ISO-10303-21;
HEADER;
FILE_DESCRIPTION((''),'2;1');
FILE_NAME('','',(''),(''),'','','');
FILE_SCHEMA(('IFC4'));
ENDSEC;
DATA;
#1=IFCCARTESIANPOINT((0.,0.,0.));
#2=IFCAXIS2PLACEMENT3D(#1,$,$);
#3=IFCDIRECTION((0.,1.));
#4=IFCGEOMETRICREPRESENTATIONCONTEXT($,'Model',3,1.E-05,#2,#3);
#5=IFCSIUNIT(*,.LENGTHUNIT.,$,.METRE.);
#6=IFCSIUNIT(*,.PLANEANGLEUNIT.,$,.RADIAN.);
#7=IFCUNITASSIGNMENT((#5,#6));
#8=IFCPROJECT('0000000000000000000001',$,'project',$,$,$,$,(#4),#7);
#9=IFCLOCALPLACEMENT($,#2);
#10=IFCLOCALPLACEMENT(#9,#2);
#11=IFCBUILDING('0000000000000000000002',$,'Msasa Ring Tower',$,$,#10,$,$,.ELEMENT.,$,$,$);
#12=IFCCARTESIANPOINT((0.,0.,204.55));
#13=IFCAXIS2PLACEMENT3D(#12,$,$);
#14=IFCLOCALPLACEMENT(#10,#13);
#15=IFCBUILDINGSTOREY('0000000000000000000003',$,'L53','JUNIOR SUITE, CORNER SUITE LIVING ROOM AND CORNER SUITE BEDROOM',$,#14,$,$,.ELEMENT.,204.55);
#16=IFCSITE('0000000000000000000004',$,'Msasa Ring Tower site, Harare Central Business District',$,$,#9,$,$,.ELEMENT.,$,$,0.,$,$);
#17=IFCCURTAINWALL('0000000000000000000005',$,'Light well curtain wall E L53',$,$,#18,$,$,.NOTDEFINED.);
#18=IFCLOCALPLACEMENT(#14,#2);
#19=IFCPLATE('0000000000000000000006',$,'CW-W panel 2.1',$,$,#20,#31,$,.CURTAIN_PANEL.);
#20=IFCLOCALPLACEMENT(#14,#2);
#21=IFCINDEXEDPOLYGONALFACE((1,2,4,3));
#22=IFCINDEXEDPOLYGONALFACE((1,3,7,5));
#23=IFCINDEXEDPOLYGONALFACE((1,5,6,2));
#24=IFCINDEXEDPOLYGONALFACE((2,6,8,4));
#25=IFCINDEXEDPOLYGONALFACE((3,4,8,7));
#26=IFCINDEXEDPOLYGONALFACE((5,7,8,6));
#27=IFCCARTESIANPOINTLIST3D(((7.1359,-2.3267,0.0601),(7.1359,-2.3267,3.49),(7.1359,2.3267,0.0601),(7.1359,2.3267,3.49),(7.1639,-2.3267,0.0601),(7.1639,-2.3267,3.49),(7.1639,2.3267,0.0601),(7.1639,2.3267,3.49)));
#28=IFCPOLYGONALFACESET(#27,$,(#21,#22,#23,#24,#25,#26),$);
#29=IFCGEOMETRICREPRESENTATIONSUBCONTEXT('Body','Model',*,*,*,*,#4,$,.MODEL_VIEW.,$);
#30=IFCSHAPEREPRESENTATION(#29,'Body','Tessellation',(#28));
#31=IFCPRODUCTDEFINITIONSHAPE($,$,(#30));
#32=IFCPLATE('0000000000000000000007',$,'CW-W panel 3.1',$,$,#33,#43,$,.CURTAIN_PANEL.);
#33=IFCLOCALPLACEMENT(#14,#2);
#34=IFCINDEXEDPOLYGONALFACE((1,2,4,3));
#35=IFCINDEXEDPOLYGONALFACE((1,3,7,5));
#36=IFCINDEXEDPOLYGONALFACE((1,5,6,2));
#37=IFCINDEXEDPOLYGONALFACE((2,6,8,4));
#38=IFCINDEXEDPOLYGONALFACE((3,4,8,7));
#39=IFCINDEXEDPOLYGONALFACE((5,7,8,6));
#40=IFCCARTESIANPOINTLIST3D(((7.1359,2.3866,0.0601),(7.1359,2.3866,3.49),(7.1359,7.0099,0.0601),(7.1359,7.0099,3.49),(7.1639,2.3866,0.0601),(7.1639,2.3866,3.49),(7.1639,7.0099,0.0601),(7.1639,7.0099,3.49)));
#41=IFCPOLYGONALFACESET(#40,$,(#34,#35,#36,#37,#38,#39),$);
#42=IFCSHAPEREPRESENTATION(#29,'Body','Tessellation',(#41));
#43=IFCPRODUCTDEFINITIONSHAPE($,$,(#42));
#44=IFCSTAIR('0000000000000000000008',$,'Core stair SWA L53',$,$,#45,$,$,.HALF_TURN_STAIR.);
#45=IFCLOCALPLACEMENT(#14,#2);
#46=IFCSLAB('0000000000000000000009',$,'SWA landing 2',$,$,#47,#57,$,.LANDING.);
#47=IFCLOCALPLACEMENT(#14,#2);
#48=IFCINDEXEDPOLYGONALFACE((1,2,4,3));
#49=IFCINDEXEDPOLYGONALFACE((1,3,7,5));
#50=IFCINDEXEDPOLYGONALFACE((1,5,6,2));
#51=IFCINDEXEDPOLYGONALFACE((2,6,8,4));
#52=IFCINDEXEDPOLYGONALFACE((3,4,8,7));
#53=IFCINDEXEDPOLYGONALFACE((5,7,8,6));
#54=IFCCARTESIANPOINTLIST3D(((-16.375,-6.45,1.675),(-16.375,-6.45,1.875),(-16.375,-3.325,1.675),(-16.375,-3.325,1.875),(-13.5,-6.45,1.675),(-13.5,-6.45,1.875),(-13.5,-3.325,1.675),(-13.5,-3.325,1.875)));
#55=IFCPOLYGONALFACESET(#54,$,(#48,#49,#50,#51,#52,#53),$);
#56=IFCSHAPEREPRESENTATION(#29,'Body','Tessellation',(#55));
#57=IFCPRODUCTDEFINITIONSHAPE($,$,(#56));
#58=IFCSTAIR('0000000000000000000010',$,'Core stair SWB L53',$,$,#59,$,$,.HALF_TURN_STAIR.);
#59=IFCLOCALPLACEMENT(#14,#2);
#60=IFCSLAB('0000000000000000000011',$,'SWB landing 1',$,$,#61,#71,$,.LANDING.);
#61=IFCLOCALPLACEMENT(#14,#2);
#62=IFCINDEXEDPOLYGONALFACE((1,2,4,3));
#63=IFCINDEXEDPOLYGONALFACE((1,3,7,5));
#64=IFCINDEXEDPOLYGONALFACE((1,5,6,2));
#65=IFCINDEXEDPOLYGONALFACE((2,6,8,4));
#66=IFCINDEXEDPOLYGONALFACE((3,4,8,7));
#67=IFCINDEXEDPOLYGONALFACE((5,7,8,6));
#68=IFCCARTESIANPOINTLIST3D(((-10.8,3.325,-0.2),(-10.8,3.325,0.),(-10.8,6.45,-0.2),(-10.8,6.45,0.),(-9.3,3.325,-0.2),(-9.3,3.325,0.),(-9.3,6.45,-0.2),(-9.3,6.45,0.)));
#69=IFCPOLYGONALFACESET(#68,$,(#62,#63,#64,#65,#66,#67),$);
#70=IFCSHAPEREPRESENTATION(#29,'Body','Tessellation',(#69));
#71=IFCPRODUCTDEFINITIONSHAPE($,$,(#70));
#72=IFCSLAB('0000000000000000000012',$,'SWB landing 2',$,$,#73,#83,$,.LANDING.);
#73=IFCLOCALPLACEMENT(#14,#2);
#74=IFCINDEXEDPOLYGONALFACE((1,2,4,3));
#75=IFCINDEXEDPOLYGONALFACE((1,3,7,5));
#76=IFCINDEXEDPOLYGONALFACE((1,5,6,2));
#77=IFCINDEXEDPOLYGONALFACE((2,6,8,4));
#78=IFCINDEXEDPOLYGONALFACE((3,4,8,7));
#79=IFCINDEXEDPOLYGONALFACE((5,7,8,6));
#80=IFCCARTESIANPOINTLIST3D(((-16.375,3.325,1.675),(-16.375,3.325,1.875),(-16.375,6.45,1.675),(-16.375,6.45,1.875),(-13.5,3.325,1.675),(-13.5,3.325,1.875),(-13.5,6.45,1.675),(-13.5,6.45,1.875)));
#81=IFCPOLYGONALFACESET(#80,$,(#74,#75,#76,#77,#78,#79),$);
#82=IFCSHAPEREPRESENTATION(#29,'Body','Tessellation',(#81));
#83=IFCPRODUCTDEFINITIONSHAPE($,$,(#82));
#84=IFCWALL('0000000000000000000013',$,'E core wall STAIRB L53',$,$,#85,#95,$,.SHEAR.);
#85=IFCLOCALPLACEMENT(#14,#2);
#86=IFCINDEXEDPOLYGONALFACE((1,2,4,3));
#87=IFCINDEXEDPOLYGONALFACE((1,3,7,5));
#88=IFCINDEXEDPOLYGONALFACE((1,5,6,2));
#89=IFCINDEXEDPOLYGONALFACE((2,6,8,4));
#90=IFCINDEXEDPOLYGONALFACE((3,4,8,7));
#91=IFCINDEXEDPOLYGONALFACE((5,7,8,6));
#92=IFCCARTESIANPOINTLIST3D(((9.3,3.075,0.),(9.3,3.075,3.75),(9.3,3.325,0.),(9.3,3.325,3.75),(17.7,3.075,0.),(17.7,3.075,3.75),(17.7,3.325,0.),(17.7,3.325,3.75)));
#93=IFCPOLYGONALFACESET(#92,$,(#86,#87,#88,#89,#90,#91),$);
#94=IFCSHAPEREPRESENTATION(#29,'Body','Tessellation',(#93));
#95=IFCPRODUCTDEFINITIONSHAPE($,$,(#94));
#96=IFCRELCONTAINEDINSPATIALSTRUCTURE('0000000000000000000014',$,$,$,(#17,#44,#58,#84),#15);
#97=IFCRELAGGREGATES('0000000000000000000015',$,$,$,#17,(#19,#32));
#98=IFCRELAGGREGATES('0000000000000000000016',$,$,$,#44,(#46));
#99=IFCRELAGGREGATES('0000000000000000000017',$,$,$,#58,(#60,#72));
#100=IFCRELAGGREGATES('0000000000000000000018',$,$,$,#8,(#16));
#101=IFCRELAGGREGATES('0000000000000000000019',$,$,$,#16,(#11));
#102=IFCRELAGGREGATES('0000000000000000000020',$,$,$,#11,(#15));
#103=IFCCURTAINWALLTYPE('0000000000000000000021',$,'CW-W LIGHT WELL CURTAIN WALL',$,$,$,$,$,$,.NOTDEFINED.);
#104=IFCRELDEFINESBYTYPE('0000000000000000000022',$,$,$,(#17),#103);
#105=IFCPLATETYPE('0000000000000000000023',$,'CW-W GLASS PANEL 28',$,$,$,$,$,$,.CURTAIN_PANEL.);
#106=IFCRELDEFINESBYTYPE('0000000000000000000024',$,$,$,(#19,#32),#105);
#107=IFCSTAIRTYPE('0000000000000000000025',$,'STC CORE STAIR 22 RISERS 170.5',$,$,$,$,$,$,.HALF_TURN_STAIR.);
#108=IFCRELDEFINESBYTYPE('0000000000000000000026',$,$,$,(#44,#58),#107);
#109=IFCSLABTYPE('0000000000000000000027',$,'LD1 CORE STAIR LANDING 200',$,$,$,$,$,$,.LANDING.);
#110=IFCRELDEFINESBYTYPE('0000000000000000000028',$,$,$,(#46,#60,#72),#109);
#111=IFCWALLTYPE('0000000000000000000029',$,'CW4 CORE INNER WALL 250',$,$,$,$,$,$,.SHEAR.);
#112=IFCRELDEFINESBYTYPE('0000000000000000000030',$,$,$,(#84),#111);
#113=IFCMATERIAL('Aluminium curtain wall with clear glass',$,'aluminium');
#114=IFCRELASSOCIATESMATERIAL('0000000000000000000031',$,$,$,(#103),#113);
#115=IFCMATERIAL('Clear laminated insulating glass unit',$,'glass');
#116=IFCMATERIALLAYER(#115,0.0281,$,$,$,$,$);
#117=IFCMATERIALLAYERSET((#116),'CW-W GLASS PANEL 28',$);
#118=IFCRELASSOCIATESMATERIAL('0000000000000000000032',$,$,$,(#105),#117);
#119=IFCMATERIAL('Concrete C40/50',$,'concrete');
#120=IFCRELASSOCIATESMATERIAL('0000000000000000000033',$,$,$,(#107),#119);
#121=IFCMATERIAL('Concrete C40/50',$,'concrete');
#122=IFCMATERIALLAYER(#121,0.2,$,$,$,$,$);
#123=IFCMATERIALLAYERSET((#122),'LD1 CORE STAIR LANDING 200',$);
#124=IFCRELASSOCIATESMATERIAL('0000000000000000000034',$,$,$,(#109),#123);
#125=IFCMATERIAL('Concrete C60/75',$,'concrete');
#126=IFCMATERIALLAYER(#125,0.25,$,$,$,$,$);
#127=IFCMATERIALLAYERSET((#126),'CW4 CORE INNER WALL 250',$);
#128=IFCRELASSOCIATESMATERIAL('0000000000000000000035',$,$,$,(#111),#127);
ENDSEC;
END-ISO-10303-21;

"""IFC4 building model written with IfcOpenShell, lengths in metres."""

from ifc_helpers import new_model, si_unit, direction, frame, frame_2d, origin, origin_2d, place, context, subcontext, project, spatial, polyline, rectangle, outline, extrude, material, layer, layer_set, type_object, element, aggregate, save


model = new_model("IFC4")

# Units and contexts
model_context = context("Model", 3, precision=1e-05, world=origin(), true_north=direction((0.0, 1.0)))
body_context = subcontext(model_context, "Body", "Model", "MODEL_VIEW")
ifc_project = project(units=[si_unit("LENGTHUNIT", "METRE"), si_unit("PLANEANGLEUNIT", "RADIAN")], contexts=[model_context])

# Site, building, storey
site_placement = place(None, origin())
site = spatial("IfcSite", under=ifc_project, at=site_placement, Name="Msasa Ring Tower site, Harare Central Business District", CompositionType="ELEMENT", RefElevation=0.0)
building_placement = place(site_placement, origin())
building = spatial("IfcBuilding", under=site, at=building_placement, Name="Msasa Ring Tower", CompositionType="ELEMENT")
storey_placement = place(building_placement, frame((0.0, 0.0, 204.55)))
storey = spatial("IfcBuildingStorey", under=building, at=storey_placement, Name="L53", Description="JUNIOR SUITE, CORNER SUITE LIVING ROOM AND CORNER SUITE BEDROOM", CompositionType="ELEMENT", Elevation=204.55)

# Curtain wall
ifc_material_1 = material(Name="Aluminium curtain wall with clear glass", Category="aluminium")
curtain_wall_type = type_object("IfcCurtainWallType", Name="CW-W LIGHT WELL CURTAIN WALL", PredefinedType="NOTDEFINED", material=ifc_material_1)
curtain_wall_placement = place(storey_placement, origin())
curtain_wall = element("IfcCurtainWall", 1, at=curtain_wall_placement, inside=storey, type_object=curtain_wall_type, Name="Light well curtain wall E L53", PredefinedType="NOTDEFINED")

# Plates
ifc_material_2 = material(Name="Clear laminated insulating glass unit", Category="glass")
ifc_layer_1 = layer(ifc_material_2, 0.0281)
ifc_layer_set_1 = layer_set([ifc_layer_1], Name="CW-W GLASS PANEL 28")
plate_type = type_object("IfcPlateType", Name="CW-W GLASS PANEL 28", PredefinedType="CURTAIN_PANEL", material=ifc_layer_set_1)
plate_1_placement = place(storey_placement, frame((7.1499, 0.0, 0.0601), z_axis=(0.0, 0.0, 1.0), x_axis=(0.0, 1.0, 0.0)))
plate_1 = element("IfcPlate", 2, at=plate_1_placement, type_object=plate_type, Name="CW-W panel 2.1", PredefinedType="CURTAIN_PANEL", context=body_context, shape_type="SweptSolid", body=[
    extrude(rectangle(XDim=4.6533, YDim=0.0281, at=origin_2d()), origin(), (0.0, 0.0, 1.0), 3.4299),
])
plate_2_placement = place(storey_placement, frame((7.1499, 4.6982, 0.0601), z_axis=(0.0, 0.0, 1.0), x_axis=(0.0, 1.0, 0.0)))
plate_2 = element("IfcPlate", 3, at=plate_2_placement, type_object=plate_type, Name="CW-W panel 3.1", PredefinedType="CURTAIN_PANEL", context=body_context, shape_type="SweptSolid", body=[
    extrude(rectangle(XDim=4.6233, YDim=0.0281, at=origin_2d()), origin(), (0.0, 0.0, 1.0), 3.4299),
])
aggregate(curtain_wall, [plate_1, plate_2])

# Stair, slab
ifc_material_3 = material(Name="Concrete C40/50", Category="concrete")
stair_type = type_object("IfcStairType", Name="STC CORE STAIR 22 RISERS 170.5", PredefinedType="HALF_TURN_STAIR", material=ifc_material_3)
stair_1_placement = place(storey_placement, origin())
stair_1 = element("IfcStair", 4, at=stair_1_placement, inside=storey, type_object=stair_type, Name="Core stair SWA L53", PredefinedType="HALF_TURN_STAIR")
ifc_material_4 = material(Name="Concrete C40/50", Category="concrete")
ifc_layer_2 = layer(ifc_material_4, 0.2)
ifc_layer_set_2 = layer_set([ifc_layer_2], Name="LD1 CORE STAIR LANDING 200")
slab_type = type_object("IfcSlabType", Name="LD1 CORE STAIR LANDING 200", PredefinedType="LANDING", material=ifc_layer_set_2)
slab_1_placement = place(storey_placement, frame((0.0, 0.0, 1.675)))
slab_1 = element("IfcSlab", 5, at=slab_1_placement, type_object=slab_type, Name="SWA landing 2", PredefinedType="LANDING", context=body_context, shape_type="SweptSolid", body=[
    extrude(outline(polyline([(-16.375, -6.45), (-13.5, -6.45), (-13.5, -3.325), (-16.375, -3.325), (-16.375, -6.45)])), origin(), (0.0, 0.0, 1.0), 0.2),
])
aggregate(stair_1, [slab_1])

# Stair, slabs
stair_2_placement = place(storey_placement, origin())
stair_2 = element("IfcStair", 6, at=stair_2_placement, inside=storey, type_object=stair_type, Name="Core stair SWB L53", PredefinedType="HALF_TURN_STAIR")
slab_2_placement = place(storey_placement, frame((0.0, 0.0, -0.2)))
slab_2 = element("IfcSlab", 7, at=slab_2_placement, type_object=slab_type, Name="SWB landing 1", PredefinedType="LANDING", context=body_context, shape_type="SweptSolid", body=[
    extrude(outline(polyline([(-10.8, 3.325), (-9.3, 3.325), (-9.3, 6.45), (-10.8, 6.45), (-10.8, 3.325)])), origin(), (0.0, 0.0, 1.0), 0.2),
])
slab_3_placement = place(storey_placement, frame((0.0, 0.0, 1.675)))
slab_3 = element("IfcSlab", 8, at=slab_3_placement, type_object=slab_type, Name="SWB landing 2", PredefinedType="LANDING", context=body_context, shape_type="SweptSolid", body=[
    extrude(outline(polyline([(-16.375, 3.325), (-13.5, 3.325), (-13.5, 6.45), (-16.375, 6.45), (-16.375, 3.325)])), origin(), (0.0, 0.0, 1.0), 0.2),
])
aggregate(stair_2, [slab_2, slab_3])

# Wall
ifc_material_5 = material(Name="Concrete C60/75", Category="concrete")
ifc_layer_3 = layer(ifc_material_5, 0.25)
ifc_layer_set_3 = layer_set([ifc_layer_3], Name="CW4 CORE INNER WALL 250")
wall_type = type_object("IfcWallType", Name="CW4 CORE INNER WALL 250", PredefinedType="SHEAR", material=ifc_layer_set_3)
wall_placement = place(storey_placement, frame((9.3, 3.2, 0.0), z_axis=(0.0, 0.0, 1.0), x_axis=(1.0, 0.0, 0.0)))
element("IfcWall", 9, at=wall_placement, inside=storey, type_object=wall_type, Name="E core wall STAIRB L53", PredefinedType="SHEAR", context=body_context, shape_type="SweptSolid", body=[
    extrude(rectangle(XDim=8.3999, YDim=0.25, at=frame_2d((4.2, 0.0))), origin(), (0.0, 0.0, 1.0), 3.75),
])

save(model, "model.ifc")
